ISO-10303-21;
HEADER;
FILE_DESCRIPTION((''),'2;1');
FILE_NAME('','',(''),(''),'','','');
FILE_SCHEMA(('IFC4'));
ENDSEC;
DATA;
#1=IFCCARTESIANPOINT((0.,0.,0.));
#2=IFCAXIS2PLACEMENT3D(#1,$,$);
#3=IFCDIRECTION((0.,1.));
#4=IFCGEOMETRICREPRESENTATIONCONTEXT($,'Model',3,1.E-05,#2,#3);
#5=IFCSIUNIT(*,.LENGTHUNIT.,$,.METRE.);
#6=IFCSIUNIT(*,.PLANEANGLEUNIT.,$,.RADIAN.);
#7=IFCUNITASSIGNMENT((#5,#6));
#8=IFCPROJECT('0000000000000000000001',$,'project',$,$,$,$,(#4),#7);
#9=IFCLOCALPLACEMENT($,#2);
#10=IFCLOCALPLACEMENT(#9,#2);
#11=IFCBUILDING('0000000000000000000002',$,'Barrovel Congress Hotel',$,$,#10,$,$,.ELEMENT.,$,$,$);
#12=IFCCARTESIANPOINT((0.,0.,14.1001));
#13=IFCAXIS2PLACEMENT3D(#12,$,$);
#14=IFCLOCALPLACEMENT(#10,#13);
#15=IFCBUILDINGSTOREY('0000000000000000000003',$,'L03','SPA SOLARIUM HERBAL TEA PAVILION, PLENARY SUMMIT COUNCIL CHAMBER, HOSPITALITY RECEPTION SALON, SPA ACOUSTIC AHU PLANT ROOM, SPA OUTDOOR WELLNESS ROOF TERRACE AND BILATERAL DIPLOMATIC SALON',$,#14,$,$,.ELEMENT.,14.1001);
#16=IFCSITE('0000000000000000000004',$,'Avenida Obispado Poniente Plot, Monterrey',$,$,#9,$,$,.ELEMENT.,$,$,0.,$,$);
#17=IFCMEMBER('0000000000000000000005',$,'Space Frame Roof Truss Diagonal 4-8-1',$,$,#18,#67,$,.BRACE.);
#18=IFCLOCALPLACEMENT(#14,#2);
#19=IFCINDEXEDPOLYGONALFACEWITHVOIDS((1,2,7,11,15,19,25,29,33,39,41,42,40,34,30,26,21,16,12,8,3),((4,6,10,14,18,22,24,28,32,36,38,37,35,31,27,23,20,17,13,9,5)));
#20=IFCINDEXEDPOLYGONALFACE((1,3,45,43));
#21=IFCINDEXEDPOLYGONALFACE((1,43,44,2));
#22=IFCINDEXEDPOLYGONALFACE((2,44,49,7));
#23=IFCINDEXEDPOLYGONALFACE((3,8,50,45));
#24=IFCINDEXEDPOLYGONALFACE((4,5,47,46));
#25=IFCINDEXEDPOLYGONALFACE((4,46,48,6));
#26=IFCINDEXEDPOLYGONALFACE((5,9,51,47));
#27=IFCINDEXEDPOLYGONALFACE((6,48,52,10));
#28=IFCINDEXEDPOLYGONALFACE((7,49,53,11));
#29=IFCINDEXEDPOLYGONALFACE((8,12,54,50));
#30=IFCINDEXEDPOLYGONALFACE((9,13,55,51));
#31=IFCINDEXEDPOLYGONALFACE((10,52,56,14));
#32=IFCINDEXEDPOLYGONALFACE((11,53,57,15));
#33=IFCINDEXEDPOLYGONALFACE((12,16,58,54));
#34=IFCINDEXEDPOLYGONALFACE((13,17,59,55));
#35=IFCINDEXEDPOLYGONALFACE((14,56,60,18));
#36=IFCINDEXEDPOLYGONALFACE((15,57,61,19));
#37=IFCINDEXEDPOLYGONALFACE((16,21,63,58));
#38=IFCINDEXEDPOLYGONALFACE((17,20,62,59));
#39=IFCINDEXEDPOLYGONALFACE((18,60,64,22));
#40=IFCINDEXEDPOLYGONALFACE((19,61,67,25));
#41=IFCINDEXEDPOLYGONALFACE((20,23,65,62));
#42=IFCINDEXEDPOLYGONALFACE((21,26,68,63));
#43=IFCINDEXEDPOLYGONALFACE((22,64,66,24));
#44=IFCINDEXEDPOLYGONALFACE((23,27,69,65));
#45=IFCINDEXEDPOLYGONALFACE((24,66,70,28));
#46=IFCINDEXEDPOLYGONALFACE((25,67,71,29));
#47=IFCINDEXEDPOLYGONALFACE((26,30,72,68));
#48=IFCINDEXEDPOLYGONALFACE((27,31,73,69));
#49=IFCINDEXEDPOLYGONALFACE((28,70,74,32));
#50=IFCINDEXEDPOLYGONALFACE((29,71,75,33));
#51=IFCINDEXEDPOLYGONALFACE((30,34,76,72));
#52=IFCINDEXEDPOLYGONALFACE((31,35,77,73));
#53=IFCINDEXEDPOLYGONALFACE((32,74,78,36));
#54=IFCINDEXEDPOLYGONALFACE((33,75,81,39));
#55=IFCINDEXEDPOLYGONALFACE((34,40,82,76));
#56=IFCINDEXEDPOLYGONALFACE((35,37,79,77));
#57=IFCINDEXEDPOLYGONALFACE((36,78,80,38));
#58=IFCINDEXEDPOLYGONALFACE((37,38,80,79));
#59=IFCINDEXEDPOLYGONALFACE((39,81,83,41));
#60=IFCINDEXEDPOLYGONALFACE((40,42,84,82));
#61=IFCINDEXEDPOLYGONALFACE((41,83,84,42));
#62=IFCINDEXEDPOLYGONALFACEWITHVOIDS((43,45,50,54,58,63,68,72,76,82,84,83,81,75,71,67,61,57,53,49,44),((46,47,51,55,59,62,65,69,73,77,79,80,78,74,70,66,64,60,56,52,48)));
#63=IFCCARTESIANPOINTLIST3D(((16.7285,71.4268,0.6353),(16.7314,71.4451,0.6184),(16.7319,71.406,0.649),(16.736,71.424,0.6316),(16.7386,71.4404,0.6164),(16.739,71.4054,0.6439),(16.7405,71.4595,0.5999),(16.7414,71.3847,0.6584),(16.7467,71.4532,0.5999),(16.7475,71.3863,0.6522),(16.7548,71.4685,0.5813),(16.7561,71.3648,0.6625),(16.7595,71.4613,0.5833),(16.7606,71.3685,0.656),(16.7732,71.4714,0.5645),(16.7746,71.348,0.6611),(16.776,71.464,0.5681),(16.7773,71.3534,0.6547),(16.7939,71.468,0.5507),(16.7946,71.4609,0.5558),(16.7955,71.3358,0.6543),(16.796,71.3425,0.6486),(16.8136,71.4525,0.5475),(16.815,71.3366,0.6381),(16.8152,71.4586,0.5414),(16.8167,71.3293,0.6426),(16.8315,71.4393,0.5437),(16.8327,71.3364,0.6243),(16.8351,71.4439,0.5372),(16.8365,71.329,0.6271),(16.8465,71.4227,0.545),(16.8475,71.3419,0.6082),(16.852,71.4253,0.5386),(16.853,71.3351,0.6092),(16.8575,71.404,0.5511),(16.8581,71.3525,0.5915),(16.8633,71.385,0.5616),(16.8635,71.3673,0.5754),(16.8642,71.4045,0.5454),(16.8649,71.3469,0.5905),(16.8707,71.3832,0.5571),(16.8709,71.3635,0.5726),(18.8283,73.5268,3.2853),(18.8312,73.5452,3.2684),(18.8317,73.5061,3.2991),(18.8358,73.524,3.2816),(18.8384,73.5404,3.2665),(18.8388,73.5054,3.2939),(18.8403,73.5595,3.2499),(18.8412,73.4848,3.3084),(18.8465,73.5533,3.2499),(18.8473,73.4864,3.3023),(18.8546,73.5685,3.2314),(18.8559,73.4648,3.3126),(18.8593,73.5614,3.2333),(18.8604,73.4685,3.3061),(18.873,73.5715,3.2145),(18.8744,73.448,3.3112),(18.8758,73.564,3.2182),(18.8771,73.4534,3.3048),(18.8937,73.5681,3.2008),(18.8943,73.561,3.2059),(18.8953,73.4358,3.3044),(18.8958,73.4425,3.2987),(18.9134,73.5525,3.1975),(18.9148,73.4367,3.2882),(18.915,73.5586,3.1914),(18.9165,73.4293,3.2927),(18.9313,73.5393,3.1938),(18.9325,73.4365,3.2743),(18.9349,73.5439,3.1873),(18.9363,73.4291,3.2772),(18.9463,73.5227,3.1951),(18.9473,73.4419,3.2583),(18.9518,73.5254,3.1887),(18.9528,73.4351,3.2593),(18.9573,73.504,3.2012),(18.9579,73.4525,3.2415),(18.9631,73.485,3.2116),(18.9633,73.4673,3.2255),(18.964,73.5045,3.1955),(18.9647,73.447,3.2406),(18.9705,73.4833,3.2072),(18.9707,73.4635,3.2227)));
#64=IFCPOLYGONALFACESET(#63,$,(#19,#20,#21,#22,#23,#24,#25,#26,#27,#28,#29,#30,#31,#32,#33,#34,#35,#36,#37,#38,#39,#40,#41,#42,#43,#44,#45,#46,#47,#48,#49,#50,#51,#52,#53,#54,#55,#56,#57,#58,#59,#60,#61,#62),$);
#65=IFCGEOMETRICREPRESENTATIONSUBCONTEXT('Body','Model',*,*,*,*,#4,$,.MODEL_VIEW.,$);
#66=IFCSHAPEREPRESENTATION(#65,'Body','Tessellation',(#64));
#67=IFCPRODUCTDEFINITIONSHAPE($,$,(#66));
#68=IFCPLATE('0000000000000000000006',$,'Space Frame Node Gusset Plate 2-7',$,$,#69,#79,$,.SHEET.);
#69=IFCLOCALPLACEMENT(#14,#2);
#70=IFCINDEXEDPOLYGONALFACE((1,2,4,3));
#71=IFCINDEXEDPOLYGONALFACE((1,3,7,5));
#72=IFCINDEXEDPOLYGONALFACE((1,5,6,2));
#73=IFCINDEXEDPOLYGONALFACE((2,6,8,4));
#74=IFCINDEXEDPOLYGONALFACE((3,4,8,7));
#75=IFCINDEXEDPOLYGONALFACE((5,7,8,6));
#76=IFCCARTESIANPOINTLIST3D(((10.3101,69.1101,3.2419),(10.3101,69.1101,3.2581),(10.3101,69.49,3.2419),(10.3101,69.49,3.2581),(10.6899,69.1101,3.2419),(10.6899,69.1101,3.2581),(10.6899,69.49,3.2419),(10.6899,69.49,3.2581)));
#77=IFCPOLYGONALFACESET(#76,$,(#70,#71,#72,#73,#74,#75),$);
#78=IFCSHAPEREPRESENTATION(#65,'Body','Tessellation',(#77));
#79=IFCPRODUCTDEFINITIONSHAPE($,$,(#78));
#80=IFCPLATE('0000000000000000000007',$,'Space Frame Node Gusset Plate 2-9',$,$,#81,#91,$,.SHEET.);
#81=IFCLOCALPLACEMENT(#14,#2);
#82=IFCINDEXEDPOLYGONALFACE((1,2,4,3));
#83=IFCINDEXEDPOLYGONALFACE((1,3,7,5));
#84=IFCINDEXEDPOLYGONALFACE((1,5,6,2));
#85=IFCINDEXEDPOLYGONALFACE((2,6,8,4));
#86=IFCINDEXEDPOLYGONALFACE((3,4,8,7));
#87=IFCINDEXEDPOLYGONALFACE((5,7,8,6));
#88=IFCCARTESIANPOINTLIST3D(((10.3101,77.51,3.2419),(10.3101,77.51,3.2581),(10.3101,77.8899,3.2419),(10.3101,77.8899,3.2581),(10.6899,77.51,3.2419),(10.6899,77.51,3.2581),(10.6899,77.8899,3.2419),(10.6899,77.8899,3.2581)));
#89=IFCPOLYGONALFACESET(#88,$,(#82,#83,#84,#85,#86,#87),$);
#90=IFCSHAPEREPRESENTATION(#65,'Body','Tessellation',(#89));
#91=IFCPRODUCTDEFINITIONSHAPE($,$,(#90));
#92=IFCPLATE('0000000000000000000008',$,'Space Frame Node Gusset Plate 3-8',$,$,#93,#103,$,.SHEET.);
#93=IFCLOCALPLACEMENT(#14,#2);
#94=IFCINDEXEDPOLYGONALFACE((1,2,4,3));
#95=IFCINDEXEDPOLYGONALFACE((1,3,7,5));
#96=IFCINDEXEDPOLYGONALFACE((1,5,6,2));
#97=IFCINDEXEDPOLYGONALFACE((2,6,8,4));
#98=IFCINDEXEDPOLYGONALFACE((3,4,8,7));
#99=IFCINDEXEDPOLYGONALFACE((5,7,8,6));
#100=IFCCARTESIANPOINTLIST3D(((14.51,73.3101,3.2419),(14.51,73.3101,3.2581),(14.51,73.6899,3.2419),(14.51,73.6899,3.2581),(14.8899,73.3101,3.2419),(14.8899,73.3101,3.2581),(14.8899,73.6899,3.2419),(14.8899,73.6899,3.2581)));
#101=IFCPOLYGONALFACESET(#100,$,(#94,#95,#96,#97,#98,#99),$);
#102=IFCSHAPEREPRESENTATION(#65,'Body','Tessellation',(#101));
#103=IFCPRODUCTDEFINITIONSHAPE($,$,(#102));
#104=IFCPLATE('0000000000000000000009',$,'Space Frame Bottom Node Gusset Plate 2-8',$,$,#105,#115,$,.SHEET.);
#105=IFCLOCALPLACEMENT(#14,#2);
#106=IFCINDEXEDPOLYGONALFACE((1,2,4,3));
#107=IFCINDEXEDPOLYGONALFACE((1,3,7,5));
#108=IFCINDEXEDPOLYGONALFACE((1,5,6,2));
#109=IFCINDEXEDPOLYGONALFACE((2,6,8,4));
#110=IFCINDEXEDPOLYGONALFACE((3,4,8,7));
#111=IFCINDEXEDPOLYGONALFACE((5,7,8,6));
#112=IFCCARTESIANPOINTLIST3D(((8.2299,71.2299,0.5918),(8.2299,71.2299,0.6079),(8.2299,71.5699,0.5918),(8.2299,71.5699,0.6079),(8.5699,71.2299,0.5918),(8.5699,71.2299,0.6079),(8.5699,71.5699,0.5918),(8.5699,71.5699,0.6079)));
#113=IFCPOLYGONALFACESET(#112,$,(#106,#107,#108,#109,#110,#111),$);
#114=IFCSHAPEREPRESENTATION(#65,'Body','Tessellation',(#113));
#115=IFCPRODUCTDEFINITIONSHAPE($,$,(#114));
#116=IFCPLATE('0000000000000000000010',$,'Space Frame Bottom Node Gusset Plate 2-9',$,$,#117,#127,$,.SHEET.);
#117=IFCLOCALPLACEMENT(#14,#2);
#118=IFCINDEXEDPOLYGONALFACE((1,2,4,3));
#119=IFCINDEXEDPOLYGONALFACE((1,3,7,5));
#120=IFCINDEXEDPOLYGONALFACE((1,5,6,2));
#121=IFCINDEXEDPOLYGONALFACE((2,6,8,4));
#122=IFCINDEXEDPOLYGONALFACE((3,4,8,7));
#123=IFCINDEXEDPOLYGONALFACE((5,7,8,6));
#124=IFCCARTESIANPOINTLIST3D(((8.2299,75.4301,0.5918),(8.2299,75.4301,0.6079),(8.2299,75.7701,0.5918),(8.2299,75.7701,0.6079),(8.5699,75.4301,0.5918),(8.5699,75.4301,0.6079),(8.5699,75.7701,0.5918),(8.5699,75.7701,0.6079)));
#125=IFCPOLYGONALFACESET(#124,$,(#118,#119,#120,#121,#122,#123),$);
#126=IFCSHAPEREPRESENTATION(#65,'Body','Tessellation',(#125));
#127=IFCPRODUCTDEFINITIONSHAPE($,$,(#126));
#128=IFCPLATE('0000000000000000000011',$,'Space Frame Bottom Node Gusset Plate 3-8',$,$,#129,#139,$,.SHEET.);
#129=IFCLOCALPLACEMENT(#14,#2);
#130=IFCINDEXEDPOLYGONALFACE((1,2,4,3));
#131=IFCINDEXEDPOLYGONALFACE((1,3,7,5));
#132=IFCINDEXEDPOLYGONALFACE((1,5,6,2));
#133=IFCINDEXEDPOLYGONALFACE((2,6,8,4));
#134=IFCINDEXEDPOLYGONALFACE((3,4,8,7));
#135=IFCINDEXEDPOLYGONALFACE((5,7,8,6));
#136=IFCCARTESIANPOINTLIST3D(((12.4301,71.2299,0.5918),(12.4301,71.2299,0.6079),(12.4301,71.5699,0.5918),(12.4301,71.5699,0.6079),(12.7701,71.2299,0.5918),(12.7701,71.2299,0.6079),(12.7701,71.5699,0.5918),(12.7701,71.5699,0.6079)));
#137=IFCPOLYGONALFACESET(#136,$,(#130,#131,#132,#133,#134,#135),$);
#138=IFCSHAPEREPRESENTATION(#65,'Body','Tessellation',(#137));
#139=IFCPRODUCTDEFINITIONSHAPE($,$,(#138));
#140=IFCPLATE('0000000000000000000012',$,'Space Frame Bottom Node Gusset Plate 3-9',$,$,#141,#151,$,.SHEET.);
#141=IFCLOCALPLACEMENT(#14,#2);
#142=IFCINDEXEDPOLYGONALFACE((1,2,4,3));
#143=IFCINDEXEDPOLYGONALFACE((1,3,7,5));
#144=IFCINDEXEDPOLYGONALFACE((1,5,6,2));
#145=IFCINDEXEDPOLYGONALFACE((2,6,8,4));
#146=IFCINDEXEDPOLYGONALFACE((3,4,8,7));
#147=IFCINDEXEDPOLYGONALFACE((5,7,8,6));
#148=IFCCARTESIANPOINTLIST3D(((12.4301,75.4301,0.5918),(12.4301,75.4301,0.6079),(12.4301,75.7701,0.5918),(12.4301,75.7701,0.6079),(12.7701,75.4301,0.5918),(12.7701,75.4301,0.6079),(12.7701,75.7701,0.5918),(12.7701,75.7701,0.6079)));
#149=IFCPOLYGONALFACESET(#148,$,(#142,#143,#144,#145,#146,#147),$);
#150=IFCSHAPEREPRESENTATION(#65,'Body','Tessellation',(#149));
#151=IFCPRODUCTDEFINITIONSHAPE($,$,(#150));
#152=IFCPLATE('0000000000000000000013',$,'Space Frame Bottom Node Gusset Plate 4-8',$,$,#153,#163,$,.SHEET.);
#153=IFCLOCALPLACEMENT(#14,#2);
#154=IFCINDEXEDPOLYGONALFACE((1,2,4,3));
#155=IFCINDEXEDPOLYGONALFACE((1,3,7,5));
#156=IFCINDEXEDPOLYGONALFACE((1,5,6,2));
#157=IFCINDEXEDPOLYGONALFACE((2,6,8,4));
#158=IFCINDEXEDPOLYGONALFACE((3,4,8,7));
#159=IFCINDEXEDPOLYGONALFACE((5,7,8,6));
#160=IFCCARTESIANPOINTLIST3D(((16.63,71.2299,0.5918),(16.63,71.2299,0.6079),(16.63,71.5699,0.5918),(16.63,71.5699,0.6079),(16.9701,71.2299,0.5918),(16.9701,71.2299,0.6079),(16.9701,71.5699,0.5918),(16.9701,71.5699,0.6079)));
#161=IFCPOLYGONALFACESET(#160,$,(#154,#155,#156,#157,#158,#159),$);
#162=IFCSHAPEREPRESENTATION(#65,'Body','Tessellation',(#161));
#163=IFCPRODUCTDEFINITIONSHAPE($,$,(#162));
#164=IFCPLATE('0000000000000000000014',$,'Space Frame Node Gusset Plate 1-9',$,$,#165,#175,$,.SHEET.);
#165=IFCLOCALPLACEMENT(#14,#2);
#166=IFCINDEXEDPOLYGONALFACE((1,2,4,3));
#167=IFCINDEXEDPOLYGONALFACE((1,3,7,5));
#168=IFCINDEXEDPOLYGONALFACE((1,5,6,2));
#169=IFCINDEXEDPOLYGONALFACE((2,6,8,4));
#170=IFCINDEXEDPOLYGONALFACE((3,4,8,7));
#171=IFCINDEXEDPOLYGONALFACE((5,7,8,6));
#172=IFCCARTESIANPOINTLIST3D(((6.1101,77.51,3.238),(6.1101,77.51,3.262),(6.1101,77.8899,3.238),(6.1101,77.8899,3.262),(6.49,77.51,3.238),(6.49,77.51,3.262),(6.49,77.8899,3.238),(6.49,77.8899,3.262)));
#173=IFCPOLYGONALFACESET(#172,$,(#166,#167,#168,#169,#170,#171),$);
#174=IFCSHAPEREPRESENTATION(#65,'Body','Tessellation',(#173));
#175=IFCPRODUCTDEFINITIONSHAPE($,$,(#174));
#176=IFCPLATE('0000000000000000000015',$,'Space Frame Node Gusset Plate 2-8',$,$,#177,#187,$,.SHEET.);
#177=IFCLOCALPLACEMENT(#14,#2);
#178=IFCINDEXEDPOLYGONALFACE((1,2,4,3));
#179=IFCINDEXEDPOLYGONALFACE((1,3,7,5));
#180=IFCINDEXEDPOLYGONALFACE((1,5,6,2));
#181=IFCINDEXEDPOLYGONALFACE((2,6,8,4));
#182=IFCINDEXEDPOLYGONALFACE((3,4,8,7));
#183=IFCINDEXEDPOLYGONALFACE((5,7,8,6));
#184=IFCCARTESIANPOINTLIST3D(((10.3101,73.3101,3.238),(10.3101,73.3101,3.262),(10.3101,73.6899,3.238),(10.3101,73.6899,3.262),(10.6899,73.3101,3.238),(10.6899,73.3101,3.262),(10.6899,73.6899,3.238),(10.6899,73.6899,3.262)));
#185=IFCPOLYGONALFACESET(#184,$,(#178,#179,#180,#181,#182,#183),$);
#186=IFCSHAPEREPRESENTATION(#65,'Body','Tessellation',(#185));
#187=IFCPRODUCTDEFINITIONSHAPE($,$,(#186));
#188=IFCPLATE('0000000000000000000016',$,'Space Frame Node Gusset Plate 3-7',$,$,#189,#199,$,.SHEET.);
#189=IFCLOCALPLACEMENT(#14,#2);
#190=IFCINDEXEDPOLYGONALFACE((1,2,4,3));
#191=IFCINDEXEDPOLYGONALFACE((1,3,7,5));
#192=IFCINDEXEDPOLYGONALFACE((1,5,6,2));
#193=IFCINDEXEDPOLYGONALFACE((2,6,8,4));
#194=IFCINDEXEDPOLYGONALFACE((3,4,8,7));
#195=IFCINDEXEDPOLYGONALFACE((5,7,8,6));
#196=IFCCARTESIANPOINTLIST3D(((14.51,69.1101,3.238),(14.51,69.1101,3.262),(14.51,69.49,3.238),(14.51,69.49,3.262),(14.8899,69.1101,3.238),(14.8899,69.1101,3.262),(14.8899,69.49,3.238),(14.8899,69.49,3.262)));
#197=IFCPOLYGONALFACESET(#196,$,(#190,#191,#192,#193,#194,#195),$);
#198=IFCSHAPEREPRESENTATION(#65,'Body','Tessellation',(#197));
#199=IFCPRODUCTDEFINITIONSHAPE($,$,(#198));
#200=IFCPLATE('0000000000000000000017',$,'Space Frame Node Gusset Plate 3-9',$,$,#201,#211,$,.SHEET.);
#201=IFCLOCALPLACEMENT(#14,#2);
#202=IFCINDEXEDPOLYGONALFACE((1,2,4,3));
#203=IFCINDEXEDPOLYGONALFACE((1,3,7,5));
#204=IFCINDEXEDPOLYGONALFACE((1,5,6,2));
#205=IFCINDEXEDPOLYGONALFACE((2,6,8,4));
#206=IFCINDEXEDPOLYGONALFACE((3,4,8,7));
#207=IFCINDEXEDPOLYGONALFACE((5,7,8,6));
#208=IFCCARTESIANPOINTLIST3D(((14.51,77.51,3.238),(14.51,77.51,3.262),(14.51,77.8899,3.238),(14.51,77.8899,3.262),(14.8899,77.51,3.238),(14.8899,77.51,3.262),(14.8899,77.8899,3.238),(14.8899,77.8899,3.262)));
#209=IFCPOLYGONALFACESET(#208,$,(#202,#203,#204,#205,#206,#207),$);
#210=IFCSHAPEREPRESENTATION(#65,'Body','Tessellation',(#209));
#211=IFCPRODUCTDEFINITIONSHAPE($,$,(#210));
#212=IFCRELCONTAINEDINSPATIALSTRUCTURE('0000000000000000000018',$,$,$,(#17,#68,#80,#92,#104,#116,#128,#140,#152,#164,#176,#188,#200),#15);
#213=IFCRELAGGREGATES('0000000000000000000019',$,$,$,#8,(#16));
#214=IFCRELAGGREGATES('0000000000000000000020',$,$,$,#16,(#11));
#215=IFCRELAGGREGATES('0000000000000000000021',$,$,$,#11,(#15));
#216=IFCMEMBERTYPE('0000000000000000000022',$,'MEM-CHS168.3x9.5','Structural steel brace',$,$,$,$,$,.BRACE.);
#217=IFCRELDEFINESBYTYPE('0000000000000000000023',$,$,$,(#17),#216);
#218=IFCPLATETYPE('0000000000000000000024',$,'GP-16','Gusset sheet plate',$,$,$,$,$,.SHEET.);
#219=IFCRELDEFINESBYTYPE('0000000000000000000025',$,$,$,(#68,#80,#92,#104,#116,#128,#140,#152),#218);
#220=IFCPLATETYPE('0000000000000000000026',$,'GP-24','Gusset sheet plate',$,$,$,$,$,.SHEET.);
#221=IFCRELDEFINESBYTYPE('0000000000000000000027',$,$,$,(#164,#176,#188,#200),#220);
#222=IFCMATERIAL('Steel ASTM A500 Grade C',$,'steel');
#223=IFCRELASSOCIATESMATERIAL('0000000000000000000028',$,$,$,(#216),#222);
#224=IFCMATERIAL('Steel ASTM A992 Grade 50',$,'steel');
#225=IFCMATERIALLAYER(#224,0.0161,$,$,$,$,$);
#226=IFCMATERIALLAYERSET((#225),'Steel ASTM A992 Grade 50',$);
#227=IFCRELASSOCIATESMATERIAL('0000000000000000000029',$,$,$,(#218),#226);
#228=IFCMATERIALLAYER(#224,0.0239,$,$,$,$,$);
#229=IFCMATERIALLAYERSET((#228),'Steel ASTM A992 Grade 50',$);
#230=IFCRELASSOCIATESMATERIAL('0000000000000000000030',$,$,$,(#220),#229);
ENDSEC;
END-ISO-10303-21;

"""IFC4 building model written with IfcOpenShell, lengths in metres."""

from ifc_helpers import new_model, si_unit, direction, frame, origin, origin_2d, place, context, subcontext, project, spatial, rectangle, hollow_circle, extrude, material, layer, layer_set, material_profile, profile_set, type_object, element, save


model = new_model("IFC4")

# Units and contexts
model_context = context("Model", 3, precision=1e-05, world=origin(), true_north=direction((0.0, 1.0)))
body_context = subcontext(model_context, "Body", "Model", "MODEL_VIEW")
ifc_project = project(units=[si_unit("LENGTHUNIT", "METRE"), si_unit("PLANEANGLEUNIT", "RADIAN")], contexts=[model_context])

# Site, building, storey
site_placement = place(None, origin())
site = spatial("IfcSite", under=ifc_project, at=site_placement, Name="Avenida Obispado Poniente Plot, Monterrey", CompositionType="ELEMENT", RefElevation=0.0)
building_placement = place(site_placement, origin())
building = spatial("IfcBuilding", under=site, at=building_placement, Name="Barrovel Congress Hotel", CompositionType="ELEMENT")
storey_placement = place(building_placement, frame((0.0, 0.0, 14.1001)))
storey = spatial("IfcBuildingStorey", under=building, at=storey_placement, Name="L03", Description="SPA SOLARIUM HERBAL TEA PAVILION, PLENARY SUMMIT COUNCIL CHAMBER, HOSPITALITY RECEPTION SALON, SPA ACOUSTIC AHU PLANT ROOM, SPA OUTDOOR WELLNESS ROOF TERRACE AND BILATERAL DIPLOMATIC SALON", CompositionType="ELEMENT", Elevation=14.1001)

# Member
ifc_material_1 = material(Name="Steel ASTM A500 Grade C", Category="steel")
ifc_material_profile_1 = material_profile(ifc_material_1, hollow_circle(Radius=0.0842, WallThickness=0.0088, at=origin_2d()), Name="CHS168.3x9.5")
ifc_profile_set_1 = profile_set([ifc_material_profile_1], Name="Steel ASTM A500 Grade C")
member_type_1 = type_object("IfcMemberType", Name="MEM-CHS168.3x9.5", Description="Structural steel brace", PredefinedType="BRACE", material=ifc_profile_set_1)
for number, where, z_axis, x_axis, name in (
    (1, (16.8, 71.3999, 0.5999), (0.527557, 0.527618, 0.66581), (-0.707148, 0.707066, 0.0), "Space Frame Roof Truss Diagonal 4-8-1"),
):
    element("IfcMember", number, at=place(storey_placement, frame(where, z_axis=z_axis, x_axis=x_axis)), inside=storey, type_object=member_type_1, Name=name, PredefinedType="BRACE", context=body_context, shape_type="SweptSolid", body=[
        extrude(hollow_circle(Radius=0.0842, WallThickness=0.0088, at=origin_2d()), origin(), (0.0, 0.0, 1.0), 3.9802),
    ])

# Plates
ifc_material_2 = material(Name="Steel ASTM A992 Grade 50", Category="steel")
ifc_layer_1 = layer(ifc_material_2, 0.0161)
ifc_layer_set_1 = layer_set([ifc_layer_1], Name="Steel ASTM A992 Grade 50")
plate_type_1 = type_object("IfcPlateType", Name="GP-16", Description="Gusset sheet plate", PredefinedType="SHEET", material=ifc_layer_set_1)
for number, where, z_axis, x_axis, name in (
    (2, (10.5, 69.3, 3.2419), (0.0, 0.0, 1.0), (1.0, 0.0, 0.0), "Space Frame Node Gusset Plate 2-7"),
    (3, (10.5, 77.7, 3.2419), (0.0, 0.0, 1.0), (1.0, 0.0, 0.0), "Space Frame Node Gusset Plate 2-9"),
    (4, (14.7, 73.5, 3.2419), (0.0, 0.0, 1.0), (1.0, 0.0, 0.0), "Space Frame Node Gusset Plate 3-8"),
):
    element("IfcPlate", number, at=place(storey_placement, frame(where, z_axis=z_axis, x_axis=x_axis)), inside=storey, type_object=plate_type_1, Name=name, PredefinedType="SHEET", context=body_context, shape_type="SweptSolid", body=[
        extrude(rectangle(XDim=0.3799, YDim=0.3799, at=origin_2d()), origin(), (0.0, 0.0, 1.0), 0.0161),
    ])
for number, where, z_axis, x_axis, name in (
    (5, (8.3999, 71.3999, 0.5918), (0.0, 0.0, 1.0), (1.0, 0.0, 0.0), "Space Frame Bottom Node Gusset Plate 2-8"),
    (6, (8.3999, 75.6001, 0.5918), (0.0, 0.0, 1.0), (1.0, 0.0, 0.0), "Space Frame Bottom Node Gusset Plate 2-9"),
    (7, (12.6001, 71.3999, 0.5918), (0.0, 0.0, 1.0), (1.0, 0.0, 0.0), "Space Frame Bottom Node Gusset Plate 3-8"),
    (8, (12.6001, 75.6001, 0.5918), (0.0, 0.0, 1.0), (1.0, 0.0, 0.0), "Space Frame Bottom Node Gusset Plate 3-9"),
    (9, (16.8, 71.3999, 0.5918), (0.0, 0.0, 1.0), (1.0, 0.0, 0.0), "Space Frame Bottom Node Gusset Plate 4-8"),
):
    element("IfcPlate", number, at=place(storey_placement, frame(where, z_axis=z_axis, x_axis=x_axis)), inside=storey, type_object=plate_type_1, Name=name, PredefinedType="SHEET", context=body_context, shape_type="SweptSolid", body=[
        extrude(rectangle(XDim=0.3401, YDim=0.3401, at=origin_2d()), origin(), (0.0, 0.0, 1.0), 0.0161),
    ])
ifc_layer_2 = layer(ifc_material_2, 0.0239)
ifc_layer_set_2 = layer_set([ifc_layer_2], Name="Steel ASTM A992 Grade 50")
plate_type_2 = type_object("IfcPlateType", Name="GP-24", Description="Gusset sheet plate", PredefinedType="SHEET", material=ifc_layer_set_2)
for number, where, z_axis, x_axis, name in (
    (10, (6.3, 77.7, 3.238), (0.0, 0.0, 1.0), (1.0, 0.0, 0.0), "Space Frame Node Gusset Plate 1-9"),
    (11, (10.5, 73.5, 3.238), (0.0, 0.0, 1.0), (1.0, 0.0, 0.0), "Space Frame Node Gusset Plate 2-8"),
    (12, (14.7, 69.3, 3.238), (0.0, 0.0, 1.0), (1.0, 0.0, 0.0), "Space Frame Node Gusset Plate 3-7"),
    (13, (14.7, 77.7, 3.238), (0.0, 0.0, 1.0), (1.0, 0.0, 0.0), "Space Frame Node Gusset Plate 3-9"),
):
    element("IfcPlate", number, at=place(storey_placement, frame(where, z_axis=z_axis, x_axis=x_axis)), inside=storey, type_object=plate_type_2, Name=name, PredefinedType="SHEET", context=body_context, shape_type="SweptSolid", body=[
        extrude(rectangle(XDim=0.3799, YDim=0.3799, at=origin_2d()), origin(), (0.0, 0.0, 1.0), 0.0239),
    ])

save(model, "model.ifc")
